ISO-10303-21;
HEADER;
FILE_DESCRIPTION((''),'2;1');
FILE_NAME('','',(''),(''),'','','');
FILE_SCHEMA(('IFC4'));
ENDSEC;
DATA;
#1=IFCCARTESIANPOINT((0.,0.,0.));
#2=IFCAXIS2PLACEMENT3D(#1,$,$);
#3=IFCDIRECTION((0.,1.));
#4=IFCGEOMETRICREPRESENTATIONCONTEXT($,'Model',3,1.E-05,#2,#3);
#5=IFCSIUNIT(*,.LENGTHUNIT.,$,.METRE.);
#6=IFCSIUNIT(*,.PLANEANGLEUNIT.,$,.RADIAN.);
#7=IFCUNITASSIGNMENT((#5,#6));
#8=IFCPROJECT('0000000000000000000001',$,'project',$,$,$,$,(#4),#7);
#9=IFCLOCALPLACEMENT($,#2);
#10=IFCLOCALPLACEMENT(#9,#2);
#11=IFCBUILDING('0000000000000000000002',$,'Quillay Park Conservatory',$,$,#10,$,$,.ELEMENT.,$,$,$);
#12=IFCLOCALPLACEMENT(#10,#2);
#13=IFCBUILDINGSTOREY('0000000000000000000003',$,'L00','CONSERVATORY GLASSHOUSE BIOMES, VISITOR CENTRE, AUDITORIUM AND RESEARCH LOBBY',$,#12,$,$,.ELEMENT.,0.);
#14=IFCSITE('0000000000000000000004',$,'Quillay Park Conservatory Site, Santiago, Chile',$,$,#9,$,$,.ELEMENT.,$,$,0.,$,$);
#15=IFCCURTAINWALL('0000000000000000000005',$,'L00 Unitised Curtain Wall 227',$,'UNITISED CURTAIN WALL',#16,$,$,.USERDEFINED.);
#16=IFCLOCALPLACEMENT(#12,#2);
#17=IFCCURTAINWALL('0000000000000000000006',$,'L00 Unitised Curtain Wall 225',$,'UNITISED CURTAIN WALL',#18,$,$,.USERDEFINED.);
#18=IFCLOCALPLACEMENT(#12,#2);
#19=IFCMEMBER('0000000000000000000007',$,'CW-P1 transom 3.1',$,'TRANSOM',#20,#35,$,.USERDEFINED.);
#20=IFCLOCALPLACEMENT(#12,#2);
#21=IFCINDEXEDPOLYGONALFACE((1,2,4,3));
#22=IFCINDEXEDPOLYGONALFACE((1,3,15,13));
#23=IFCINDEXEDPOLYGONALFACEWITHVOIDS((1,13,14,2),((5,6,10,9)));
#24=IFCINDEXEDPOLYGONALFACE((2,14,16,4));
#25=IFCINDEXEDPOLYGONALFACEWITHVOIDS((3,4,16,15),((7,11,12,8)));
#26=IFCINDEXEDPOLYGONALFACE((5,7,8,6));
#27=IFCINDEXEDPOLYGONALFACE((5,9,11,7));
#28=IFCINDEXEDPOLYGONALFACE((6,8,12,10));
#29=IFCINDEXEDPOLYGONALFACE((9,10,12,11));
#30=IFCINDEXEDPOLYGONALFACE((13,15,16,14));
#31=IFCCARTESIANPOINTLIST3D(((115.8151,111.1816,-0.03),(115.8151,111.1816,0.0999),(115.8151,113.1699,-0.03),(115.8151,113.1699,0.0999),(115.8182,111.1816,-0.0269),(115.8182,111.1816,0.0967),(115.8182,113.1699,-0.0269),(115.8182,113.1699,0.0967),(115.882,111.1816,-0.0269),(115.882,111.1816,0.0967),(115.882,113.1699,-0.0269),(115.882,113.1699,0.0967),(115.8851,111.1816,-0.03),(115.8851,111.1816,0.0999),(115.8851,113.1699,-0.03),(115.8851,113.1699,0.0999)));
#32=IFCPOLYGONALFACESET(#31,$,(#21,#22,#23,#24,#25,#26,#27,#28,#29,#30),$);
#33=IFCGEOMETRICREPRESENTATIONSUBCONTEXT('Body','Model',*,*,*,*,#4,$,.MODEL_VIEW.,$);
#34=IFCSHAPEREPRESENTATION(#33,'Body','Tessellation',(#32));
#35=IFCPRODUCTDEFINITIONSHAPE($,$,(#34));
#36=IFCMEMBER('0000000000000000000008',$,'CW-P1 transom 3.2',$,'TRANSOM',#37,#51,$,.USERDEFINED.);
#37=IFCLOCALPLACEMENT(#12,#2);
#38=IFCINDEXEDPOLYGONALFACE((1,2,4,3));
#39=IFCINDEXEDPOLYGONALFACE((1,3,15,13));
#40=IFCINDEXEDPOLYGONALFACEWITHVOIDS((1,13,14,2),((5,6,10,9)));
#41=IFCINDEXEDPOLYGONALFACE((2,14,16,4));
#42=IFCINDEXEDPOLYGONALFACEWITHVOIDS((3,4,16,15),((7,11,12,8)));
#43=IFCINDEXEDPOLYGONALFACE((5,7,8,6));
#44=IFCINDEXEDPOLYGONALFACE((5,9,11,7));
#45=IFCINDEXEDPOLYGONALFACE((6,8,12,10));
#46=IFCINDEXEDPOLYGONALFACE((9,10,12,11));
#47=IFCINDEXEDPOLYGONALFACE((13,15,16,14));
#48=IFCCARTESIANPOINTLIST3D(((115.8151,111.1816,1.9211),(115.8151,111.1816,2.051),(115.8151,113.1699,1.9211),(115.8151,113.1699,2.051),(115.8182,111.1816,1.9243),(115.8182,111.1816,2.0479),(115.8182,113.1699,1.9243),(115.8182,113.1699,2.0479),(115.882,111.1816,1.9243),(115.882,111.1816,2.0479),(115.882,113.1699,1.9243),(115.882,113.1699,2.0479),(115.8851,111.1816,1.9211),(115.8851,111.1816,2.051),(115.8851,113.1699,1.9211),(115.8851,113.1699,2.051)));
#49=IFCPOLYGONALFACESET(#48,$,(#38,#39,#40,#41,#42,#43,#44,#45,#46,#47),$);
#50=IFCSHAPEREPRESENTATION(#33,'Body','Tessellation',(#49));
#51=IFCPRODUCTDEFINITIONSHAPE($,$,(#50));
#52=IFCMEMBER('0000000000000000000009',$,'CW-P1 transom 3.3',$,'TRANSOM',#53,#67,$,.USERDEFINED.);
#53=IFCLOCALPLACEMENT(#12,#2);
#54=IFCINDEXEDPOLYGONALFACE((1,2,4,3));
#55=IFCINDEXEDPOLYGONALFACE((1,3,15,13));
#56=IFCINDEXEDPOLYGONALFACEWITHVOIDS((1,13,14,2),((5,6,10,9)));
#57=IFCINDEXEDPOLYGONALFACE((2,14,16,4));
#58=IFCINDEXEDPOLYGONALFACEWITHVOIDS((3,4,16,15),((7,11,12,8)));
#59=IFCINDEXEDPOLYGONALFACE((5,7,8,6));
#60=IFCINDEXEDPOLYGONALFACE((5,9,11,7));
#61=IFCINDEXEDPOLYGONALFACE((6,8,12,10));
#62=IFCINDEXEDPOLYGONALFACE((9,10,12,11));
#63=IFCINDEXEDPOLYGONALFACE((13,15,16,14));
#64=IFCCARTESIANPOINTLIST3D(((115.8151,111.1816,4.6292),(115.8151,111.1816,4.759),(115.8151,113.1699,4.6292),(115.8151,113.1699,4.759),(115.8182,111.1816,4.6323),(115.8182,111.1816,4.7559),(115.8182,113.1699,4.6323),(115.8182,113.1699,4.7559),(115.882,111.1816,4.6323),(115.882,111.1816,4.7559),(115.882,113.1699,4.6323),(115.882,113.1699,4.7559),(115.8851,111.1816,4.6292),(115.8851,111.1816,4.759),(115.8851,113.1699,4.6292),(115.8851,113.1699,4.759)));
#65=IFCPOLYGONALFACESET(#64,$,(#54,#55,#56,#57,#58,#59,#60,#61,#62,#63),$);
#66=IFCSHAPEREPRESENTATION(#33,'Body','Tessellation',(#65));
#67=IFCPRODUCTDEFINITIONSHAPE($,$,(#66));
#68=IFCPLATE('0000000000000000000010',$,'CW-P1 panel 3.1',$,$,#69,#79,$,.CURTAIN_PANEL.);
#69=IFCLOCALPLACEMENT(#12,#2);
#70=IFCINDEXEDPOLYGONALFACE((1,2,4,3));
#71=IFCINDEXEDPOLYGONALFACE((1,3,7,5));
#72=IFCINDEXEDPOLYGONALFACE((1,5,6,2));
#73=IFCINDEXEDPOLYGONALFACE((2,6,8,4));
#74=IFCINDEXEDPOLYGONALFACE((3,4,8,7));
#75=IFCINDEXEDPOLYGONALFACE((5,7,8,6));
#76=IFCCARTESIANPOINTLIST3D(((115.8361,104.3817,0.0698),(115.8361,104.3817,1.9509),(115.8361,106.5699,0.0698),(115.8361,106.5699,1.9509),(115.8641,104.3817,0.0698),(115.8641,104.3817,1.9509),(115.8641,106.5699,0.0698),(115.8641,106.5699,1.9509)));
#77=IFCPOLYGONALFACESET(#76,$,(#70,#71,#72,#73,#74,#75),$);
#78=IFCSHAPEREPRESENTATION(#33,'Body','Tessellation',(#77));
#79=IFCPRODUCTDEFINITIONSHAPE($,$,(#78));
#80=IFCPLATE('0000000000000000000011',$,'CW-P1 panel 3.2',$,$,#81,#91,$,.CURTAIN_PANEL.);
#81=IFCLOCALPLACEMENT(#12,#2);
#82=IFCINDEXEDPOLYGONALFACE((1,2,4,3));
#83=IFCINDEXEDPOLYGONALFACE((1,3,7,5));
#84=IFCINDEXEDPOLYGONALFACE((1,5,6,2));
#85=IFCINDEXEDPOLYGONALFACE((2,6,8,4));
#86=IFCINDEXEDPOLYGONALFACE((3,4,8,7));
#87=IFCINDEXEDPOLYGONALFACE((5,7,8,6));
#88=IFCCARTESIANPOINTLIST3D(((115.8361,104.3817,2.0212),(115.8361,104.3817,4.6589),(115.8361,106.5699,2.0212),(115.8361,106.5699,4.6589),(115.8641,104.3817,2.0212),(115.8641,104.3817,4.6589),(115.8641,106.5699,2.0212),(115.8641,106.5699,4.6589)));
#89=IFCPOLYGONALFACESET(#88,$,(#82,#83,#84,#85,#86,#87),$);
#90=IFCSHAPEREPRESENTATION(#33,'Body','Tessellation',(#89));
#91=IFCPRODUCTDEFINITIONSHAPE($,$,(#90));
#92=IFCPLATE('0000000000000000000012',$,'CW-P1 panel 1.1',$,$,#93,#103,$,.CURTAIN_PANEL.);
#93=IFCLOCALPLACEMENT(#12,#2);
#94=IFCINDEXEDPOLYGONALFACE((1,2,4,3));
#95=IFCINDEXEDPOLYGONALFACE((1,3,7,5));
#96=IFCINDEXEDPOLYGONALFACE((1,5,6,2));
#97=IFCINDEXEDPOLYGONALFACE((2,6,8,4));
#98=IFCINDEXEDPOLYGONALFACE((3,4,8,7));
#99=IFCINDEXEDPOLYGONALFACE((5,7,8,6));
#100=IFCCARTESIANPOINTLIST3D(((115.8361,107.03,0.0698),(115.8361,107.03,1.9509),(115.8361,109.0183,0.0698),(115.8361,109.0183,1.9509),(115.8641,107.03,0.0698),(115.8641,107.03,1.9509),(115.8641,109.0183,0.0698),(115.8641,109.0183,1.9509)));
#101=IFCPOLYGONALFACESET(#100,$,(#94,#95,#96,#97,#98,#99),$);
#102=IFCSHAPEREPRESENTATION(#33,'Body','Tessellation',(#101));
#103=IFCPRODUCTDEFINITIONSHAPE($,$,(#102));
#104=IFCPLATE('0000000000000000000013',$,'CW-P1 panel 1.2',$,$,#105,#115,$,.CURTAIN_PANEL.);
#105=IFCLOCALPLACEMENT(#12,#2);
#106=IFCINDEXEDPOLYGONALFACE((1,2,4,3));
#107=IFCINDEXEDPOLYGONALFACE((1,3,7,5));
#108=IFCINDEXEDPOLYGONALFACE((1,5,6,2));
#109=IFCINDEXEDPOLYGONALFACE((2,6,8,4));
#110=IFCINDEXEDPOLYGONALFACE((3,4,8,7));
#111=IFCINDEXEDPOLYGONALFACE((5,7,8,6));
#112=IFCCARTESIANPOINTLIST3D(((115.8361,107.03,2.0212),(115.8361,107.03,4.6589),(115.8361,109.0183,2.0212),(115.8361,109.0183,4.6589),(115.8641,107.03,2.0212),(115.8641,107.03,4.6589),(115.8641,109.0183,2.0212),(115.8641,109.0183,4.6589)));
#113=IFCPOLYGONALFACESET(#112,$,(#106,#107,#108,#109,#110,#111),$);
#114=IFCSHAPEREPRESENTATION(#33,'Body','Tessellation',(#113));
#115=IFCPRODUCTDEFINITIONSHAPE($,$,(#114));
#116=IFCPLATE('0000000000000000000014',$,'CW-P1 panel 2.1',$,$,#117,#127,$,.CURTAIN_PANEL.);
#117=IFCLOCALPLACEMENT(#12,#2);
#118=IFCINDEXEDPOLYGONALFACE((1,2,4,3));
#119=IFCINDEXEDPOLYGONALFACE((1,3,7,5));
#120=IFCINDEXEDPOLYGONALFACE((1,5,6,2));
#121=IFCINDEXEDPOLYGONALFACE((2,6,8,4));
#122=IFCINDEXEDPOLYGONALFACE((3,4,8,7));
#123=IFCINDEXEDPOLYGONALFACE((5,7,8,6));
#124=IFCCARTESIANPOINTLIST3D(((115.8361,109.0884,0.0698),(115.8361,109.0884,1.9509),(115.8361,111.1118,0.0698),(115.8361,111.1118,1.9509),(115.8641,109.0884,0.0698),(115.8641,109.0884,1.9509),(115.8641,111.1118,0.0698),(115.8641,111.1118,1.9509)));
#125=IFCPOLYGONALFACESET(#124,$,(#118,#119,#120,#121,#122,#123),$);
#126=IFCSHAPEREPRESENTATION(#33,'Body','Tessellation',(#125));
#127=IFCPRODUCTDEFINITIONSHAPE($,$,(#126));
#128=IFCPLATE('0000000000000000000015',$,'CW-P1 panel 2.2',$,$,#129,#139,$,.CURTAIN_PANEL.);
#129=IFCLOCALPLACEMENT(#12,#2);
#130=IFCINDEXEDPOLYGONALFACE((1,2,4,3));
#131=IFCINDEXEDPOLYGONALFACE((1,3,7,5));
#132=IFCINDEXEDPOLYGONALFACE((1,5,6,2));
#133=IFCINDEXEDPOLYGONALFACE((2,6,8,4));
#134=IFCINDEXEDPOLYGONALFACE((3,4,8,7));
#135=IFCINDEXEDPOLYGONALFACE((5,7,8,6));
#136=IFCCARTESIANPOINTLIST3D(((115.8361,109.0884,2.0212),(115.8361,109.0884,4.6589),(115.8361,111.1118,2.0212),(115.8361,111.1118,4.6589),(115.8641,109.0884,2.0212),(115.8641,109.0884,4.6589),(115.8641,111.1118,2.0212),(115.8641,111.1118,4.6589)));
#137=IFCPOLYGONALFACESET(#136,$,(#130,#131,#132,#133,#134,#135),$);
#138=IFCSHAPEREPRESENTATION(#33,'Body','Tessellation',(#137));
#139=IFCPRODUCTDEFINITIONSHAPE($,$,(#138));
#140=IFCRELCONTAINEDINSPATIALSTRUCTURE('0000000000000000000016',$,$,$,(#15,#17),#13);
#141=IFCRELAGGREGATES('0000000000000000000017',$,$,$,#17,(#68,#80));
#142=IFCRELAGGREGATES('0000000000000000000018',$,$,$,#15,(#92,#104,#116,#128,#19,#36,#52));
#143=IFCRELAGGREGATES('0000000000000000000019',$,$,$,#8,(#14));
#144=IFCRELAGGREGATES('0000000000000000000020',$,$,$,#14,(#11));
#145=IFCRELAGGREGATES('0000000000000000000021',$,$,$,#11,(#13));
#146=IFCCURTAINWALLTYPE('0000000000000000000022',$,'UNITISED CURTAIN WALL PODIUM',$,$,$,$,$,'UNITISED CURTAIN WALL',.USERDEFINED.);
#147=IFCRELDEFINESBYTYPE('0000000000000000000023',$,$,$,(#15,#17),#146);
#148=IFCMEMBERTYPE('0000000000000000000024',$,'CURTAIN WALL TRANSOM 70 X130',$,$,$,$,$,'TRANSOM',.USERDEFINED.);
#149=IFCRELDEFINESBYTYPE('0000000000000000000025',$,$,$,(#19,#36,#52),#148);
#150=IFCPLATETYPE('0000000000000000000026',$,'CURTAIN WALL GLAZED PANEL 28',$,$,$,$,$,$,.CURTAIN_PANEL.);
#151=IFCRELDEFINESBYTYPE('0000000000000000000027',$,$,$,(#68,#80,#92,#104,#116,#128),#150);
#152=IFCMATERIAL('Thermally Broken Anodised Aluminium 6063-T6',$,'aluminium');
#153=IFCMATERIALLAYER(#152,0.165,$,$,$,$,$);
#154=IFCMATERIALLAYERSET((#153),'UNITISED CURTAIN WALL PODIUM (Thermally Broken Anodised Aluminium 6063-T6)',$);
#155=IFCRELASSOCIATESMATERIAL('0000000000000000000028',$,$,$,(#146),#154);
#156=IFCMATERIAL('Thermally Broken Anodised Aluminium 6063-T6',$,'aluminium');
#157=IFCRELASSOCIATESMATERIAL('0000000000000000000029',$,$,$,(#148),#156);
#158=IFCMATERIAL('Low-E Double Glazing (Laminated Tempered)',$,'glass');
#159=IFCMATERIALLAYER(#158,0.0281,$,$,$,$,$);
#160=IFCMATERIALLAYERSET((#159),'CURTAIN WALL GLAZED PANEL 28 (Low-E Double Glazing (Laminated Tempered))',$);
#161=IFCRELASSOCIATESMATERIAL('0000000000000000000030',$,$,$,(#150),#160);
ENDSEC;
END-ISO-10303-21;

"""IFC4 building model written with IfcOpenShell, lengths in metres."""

from ifc_helpers import new_model, si_unit, direction, frame, origin, origin_2d, place, context, subcontext, project, spatial, rectangle, hollow_rectangle, extrude, material, layer, layer_set, material_profile, profile_set, type_object, element, aggregate, save


model = new_model("IFC4")

# Units and contexts
model_context = context("Model", 3, precision=1e-05, world=origin(), true_north=direction((0.0, 1.0)))
body_context = subcontext(model_context, "Body", "Model", "MODEL_VIEW")
ifc_project = project(units=[si_unit("LENGTHUNIT", "METRE"), si_unit("PLANEANGLEUNIT", "RADIAN")], contexts=[model_context])

# Site, building, storey
site_placement = place(None, origin())
site = spatial("IfcSite", under=ifc_project, at=site_placement, Name="Quillay Park Conservatory Site, Santiago, Chile", CompositionType="ELEMENT", RefElevation=0.0)
building_placement = place(site_placement, origin())
building = spatial("IfcBuilding", under=site, at=building_placement, Name="Quillay Park Conservatory", CompositionType="ELEMENT")
storey_placement = place(building_placement, origin())
storey = spatial("IfcBuildingStorey", under=building, at=storey_placement, Name="L00", Description="CONSERVATORY GLASSHOUSE BIOMES, VISITOR CENTRE, AUDITORIUM AND RESEARCH LOBBY", CompositionType="ELEMENT", Elevation=0.0)

# Curtain walls
ifc_material_1 = material(Name="Thermally Broken Anodised Aluminium 6063-T6", Category="aluminium")
ifc_layer_1 = layer(ifc_material_1, 0.165)
ifc_layer_set_1 = layer_set([ifc_layer_1], Name="UNITISED CURTAIN WALL PODIUM (Thermally Broken Anodised Aluminium 6063-T6)")
curtain_wall_type = type_object("IfcCurtainWallType", Name="UNITISED CURTAIN WALL PODIUM", ElementType="UNITISED CURTAIN WALL", PredefinedType="USERDEFINED", material=ifc_layer_set_1)
curtain_wall_1_placement = place(storey_placement, origin())
curtain_wall_1 = element("IfcCurtainWall", 1, at=curtain_wall_1_placement, inside=storey, type_object=curtain_wall_type, Name="L00 Unitised Curtain Wall 227", ObjectType="UNITISED CURTAIN WALL", PredefinedType="USERDEFINED")
curtain_wall_2_placement = place(storey_placement, origin())
curtain_wall_2 = element("IfcCurtainWall", 2, at=curtain_wall_2_placement, inside=storey, type_object=curtain_wall_type, Name="L00 Unitised Curtain Wall 225", ObjectType="UNITISED CURTAIN WALL", PredefinedType="USERDEFINED")
ifc_material_2 = material(Name="Thermally Broken Anodised Aluminium 6063-T6", Category="aluminium")
ifc_material_profile_1 = material_profile(ifc_material_2, hollow_rectangle(XDim=0.0701, YDim=0.1299, WallThickness=0.0032, at=origin_2d()), Name="AL70x130x3.2")
ifc_profile_set_1 = profile_set([ifc_material_profile_1], Name="Thermally Broken Anodised Aluminium 6063-T6")
member_type_1 = type_object("IfcMemberType", Name="CURTAIN WALL TRANSOM 70 X130", ElementType="TRANSOM", PredefinedType="USERDEFINED", material=ifc_profile_set_1)

# Members
member_1_placement = place(storey_placement, frame((115.8501, 111.1816, 0.0349), z_axis=(0.0, 1.0, 0.0), x_axis=(-1.0, 0.0, 0.0)))
member_1 = element("IfcMember", 3, at=member_1_placement, type_object=member_type_1, Name="CW-P1 transom 3.1", ObjectType="TRANSOM", PredefinedType="USERDEFINED", context=body_context, shape_type="SweptSolid", body=[
    extrude(hollow_rectangle(XDim=0.0701, YDim=0.1299, WallThickness=0.0032, at=origin_2d()), origin(), (0.0, 0.0, 1.0), 1.9883),
])
member_2_placement = place(storey_placement, frame((115.8501, 111.1816, 1.9861), z_axis=(0.0, 1.0, 0.0), x_axis=(-1.0, 0.0, 0.0)))
member_2 = element("IfcMember", 4, at=member_2_placement, type_object=member_type_1, Name="CW-P1 transom 3.2", ObjectType="TRANSOM", PredefinedType="USERDEFINED", context=body_context, shape_type="SweptSolid", body=[
    extrude(hollow_rectangle(XDim=0.0701, YDim=0.1299, WallThickness=0.0032, at=origin_2d()), origin(), (0.0, 0.0, 1.0), 1.9883),
])
member_3_placement = place(storey_placement, frame((115.8501, 111.1816, 4.6941), z_axis=(0.0, 1.0, 0.0), x_axis=(-1.0, 0.0, 0.0)))
member_3 = element("IfcMember", 5, at=member_3_placement, type_object=member_type_1, Name="CW-P1 transom 3.3", ObjectType="TRANSOM", PredefinedType="USERDEFINED", context=body_context, shape_type="SweptSolid", body=[
    extrude(hollow_rectangle(XDim=0.0701, YDim=0.1299, WallThickness=0.0032, at=origin_2d()), origin(), (0.0, 0.0, 1.0), 1.9883),
])

# Plates
ifc_material_3 = material(Name="Low-E Double Glazing (Laminated Tempered)", Category="glass")
ifc_layer_2 = layer(ifc_material_3, 0.0281)
ifc_layer_set_2 = layer_set([ifc_layer_2], Name="CURTAIN WALL GLAZED PANEL 28 (Low-E Double Glazing (Laminated Tempered))")
plate_type = type_object("IfcPlateType", Name="CURTAIN WALL GLAZED PANEL 28", PredefinedType="CURTAIN_PANEL", material=ifc_layer_set_2)
plate_1_placement = place(storey_placement, frame((115.8501, 105.4758, 0.0698), z_axis=(0.0, 0.0, 1.0), x_axis=(0.0, 1.0, 0.0)))
plate_1 = element("IfcPlate", 6, at=plate_1_placement, type_object=plate_type, Name="CW-P1 panel 3.1", PredefinedType="CURTAIN_PANEL", context=body_context, shape_type="SweptSolid", body=[
    extrude(rectangle(XDim=2.1882, YDim=0.0281, at=origin_2d()), origin(), (0.0, 0.0, 1.0), 1.8811),
])
plate_2_placement = place(storey_placement, frame((115.8501, 105.4758, 2.0212), z_axis=(0.0, 0.0, 1.0), x_axis=(0.0, 1.0, 0.0)))
plate_2 = element("IfcPlate", 7, at=plate_2_placement, type_object=plate_type, Name="CW-P1 panel 3.2", PredefinedType="CURTAIN_PANEL", context=body_context, shape_type="SweptSolid", body=[
    extrude(rectangle(XDim=2.1882, YDim=0.0281, at=origin_2d()), origin(), (0.0, 0.0, 1.0), 2.6377),
])
aggregate(curtain_wall_2, [plate_1, plate_2])
plate_3_placement = place(storey_placement, frame((115.8501, 108.0242, 0.0698), z_axis=(0.0, 0.0, 1.0), x_axis=(0.0, 1.0, 0.0)))
plate_3 = element("IfcPlate", 8, at=plate_3_placement, type_object=plate_type, Name="CW-P1 panel 1.1", PredefinedType="CURTAIN_PANEL", context=body_context, shape_type="SweptSolid", body=[
    extrude(rectangle(XDim=1.9883, YDim=0.0281, at=origin_2d()), origin(), (0.0, 0.0, 1.0), 1.8811),
])
plate_4_placement = place(storey_placement, frame((115.8501, 108.0242, 2.0212), z_axis=(0.0, 0.0, 1.0), x_axis=(0.0, 1.0, 0.0)))
plate_4 = element("IfcPlate", 9, at=plate_4_placement, type_object=plate_type, Name="CW-P1 panel 1.2", PredefinedType="CURTAIN_PANEL", context=body_context, shape_type="SweptSolid", body=[
    extrude(rectangle(XDim=1.9883, YDim=0.0281, at=origin_2d()), origin(), (0.0, 0.0, 1.0), 2.6377),
])
plate_5_placement = place(storey_placement, frame((115.8501, 110.1001, 0.0698), z_axis=(0.0, 0.0, 1.0), x_axis=(0.0, 1.0, 0.0)))
plate_5 = element("IfcPlate", 10, at=plate_5_placement, type_object=plate_type, Name="CW-P1 panel 2.1", PredefinedType="CURTAIN_PANEL", context=body_context, shape_type="SweptSolid", body=[
    extrude(rectangle(XDim=2.0234, YDim=0.0281, at=origin_2d()), origin(), (0.0, 0.0, 1.0), 1.8811),
])
plate_6_placement = place(storey_placement, frame((115.8501, 110.1001, 2.0212), z_axis=(0.0, 0.0, 1.0), x_axis=(0.0, 1.0, 0.0)))
plate_6 = element("IfcPlate", 11, at=plate_6_placement, type_object=plate_type, Name="CW-P1 panel 2.2", PredefinedType="CURTAIN_PANEL", context=body_context, shape_type="SweptSolid", body=[
    extrude(rectangle(XDim=2.0234, YDim=0.0281, at=origin_2d()), origin(), (0.0, 0.0, 1.0), 2.6377),
])
aggregate(curtain_wall_1, [plate_3, plate_4, plate_5, plate_6, member_1, member_2, member_3])

save(model, "model.ifc")
